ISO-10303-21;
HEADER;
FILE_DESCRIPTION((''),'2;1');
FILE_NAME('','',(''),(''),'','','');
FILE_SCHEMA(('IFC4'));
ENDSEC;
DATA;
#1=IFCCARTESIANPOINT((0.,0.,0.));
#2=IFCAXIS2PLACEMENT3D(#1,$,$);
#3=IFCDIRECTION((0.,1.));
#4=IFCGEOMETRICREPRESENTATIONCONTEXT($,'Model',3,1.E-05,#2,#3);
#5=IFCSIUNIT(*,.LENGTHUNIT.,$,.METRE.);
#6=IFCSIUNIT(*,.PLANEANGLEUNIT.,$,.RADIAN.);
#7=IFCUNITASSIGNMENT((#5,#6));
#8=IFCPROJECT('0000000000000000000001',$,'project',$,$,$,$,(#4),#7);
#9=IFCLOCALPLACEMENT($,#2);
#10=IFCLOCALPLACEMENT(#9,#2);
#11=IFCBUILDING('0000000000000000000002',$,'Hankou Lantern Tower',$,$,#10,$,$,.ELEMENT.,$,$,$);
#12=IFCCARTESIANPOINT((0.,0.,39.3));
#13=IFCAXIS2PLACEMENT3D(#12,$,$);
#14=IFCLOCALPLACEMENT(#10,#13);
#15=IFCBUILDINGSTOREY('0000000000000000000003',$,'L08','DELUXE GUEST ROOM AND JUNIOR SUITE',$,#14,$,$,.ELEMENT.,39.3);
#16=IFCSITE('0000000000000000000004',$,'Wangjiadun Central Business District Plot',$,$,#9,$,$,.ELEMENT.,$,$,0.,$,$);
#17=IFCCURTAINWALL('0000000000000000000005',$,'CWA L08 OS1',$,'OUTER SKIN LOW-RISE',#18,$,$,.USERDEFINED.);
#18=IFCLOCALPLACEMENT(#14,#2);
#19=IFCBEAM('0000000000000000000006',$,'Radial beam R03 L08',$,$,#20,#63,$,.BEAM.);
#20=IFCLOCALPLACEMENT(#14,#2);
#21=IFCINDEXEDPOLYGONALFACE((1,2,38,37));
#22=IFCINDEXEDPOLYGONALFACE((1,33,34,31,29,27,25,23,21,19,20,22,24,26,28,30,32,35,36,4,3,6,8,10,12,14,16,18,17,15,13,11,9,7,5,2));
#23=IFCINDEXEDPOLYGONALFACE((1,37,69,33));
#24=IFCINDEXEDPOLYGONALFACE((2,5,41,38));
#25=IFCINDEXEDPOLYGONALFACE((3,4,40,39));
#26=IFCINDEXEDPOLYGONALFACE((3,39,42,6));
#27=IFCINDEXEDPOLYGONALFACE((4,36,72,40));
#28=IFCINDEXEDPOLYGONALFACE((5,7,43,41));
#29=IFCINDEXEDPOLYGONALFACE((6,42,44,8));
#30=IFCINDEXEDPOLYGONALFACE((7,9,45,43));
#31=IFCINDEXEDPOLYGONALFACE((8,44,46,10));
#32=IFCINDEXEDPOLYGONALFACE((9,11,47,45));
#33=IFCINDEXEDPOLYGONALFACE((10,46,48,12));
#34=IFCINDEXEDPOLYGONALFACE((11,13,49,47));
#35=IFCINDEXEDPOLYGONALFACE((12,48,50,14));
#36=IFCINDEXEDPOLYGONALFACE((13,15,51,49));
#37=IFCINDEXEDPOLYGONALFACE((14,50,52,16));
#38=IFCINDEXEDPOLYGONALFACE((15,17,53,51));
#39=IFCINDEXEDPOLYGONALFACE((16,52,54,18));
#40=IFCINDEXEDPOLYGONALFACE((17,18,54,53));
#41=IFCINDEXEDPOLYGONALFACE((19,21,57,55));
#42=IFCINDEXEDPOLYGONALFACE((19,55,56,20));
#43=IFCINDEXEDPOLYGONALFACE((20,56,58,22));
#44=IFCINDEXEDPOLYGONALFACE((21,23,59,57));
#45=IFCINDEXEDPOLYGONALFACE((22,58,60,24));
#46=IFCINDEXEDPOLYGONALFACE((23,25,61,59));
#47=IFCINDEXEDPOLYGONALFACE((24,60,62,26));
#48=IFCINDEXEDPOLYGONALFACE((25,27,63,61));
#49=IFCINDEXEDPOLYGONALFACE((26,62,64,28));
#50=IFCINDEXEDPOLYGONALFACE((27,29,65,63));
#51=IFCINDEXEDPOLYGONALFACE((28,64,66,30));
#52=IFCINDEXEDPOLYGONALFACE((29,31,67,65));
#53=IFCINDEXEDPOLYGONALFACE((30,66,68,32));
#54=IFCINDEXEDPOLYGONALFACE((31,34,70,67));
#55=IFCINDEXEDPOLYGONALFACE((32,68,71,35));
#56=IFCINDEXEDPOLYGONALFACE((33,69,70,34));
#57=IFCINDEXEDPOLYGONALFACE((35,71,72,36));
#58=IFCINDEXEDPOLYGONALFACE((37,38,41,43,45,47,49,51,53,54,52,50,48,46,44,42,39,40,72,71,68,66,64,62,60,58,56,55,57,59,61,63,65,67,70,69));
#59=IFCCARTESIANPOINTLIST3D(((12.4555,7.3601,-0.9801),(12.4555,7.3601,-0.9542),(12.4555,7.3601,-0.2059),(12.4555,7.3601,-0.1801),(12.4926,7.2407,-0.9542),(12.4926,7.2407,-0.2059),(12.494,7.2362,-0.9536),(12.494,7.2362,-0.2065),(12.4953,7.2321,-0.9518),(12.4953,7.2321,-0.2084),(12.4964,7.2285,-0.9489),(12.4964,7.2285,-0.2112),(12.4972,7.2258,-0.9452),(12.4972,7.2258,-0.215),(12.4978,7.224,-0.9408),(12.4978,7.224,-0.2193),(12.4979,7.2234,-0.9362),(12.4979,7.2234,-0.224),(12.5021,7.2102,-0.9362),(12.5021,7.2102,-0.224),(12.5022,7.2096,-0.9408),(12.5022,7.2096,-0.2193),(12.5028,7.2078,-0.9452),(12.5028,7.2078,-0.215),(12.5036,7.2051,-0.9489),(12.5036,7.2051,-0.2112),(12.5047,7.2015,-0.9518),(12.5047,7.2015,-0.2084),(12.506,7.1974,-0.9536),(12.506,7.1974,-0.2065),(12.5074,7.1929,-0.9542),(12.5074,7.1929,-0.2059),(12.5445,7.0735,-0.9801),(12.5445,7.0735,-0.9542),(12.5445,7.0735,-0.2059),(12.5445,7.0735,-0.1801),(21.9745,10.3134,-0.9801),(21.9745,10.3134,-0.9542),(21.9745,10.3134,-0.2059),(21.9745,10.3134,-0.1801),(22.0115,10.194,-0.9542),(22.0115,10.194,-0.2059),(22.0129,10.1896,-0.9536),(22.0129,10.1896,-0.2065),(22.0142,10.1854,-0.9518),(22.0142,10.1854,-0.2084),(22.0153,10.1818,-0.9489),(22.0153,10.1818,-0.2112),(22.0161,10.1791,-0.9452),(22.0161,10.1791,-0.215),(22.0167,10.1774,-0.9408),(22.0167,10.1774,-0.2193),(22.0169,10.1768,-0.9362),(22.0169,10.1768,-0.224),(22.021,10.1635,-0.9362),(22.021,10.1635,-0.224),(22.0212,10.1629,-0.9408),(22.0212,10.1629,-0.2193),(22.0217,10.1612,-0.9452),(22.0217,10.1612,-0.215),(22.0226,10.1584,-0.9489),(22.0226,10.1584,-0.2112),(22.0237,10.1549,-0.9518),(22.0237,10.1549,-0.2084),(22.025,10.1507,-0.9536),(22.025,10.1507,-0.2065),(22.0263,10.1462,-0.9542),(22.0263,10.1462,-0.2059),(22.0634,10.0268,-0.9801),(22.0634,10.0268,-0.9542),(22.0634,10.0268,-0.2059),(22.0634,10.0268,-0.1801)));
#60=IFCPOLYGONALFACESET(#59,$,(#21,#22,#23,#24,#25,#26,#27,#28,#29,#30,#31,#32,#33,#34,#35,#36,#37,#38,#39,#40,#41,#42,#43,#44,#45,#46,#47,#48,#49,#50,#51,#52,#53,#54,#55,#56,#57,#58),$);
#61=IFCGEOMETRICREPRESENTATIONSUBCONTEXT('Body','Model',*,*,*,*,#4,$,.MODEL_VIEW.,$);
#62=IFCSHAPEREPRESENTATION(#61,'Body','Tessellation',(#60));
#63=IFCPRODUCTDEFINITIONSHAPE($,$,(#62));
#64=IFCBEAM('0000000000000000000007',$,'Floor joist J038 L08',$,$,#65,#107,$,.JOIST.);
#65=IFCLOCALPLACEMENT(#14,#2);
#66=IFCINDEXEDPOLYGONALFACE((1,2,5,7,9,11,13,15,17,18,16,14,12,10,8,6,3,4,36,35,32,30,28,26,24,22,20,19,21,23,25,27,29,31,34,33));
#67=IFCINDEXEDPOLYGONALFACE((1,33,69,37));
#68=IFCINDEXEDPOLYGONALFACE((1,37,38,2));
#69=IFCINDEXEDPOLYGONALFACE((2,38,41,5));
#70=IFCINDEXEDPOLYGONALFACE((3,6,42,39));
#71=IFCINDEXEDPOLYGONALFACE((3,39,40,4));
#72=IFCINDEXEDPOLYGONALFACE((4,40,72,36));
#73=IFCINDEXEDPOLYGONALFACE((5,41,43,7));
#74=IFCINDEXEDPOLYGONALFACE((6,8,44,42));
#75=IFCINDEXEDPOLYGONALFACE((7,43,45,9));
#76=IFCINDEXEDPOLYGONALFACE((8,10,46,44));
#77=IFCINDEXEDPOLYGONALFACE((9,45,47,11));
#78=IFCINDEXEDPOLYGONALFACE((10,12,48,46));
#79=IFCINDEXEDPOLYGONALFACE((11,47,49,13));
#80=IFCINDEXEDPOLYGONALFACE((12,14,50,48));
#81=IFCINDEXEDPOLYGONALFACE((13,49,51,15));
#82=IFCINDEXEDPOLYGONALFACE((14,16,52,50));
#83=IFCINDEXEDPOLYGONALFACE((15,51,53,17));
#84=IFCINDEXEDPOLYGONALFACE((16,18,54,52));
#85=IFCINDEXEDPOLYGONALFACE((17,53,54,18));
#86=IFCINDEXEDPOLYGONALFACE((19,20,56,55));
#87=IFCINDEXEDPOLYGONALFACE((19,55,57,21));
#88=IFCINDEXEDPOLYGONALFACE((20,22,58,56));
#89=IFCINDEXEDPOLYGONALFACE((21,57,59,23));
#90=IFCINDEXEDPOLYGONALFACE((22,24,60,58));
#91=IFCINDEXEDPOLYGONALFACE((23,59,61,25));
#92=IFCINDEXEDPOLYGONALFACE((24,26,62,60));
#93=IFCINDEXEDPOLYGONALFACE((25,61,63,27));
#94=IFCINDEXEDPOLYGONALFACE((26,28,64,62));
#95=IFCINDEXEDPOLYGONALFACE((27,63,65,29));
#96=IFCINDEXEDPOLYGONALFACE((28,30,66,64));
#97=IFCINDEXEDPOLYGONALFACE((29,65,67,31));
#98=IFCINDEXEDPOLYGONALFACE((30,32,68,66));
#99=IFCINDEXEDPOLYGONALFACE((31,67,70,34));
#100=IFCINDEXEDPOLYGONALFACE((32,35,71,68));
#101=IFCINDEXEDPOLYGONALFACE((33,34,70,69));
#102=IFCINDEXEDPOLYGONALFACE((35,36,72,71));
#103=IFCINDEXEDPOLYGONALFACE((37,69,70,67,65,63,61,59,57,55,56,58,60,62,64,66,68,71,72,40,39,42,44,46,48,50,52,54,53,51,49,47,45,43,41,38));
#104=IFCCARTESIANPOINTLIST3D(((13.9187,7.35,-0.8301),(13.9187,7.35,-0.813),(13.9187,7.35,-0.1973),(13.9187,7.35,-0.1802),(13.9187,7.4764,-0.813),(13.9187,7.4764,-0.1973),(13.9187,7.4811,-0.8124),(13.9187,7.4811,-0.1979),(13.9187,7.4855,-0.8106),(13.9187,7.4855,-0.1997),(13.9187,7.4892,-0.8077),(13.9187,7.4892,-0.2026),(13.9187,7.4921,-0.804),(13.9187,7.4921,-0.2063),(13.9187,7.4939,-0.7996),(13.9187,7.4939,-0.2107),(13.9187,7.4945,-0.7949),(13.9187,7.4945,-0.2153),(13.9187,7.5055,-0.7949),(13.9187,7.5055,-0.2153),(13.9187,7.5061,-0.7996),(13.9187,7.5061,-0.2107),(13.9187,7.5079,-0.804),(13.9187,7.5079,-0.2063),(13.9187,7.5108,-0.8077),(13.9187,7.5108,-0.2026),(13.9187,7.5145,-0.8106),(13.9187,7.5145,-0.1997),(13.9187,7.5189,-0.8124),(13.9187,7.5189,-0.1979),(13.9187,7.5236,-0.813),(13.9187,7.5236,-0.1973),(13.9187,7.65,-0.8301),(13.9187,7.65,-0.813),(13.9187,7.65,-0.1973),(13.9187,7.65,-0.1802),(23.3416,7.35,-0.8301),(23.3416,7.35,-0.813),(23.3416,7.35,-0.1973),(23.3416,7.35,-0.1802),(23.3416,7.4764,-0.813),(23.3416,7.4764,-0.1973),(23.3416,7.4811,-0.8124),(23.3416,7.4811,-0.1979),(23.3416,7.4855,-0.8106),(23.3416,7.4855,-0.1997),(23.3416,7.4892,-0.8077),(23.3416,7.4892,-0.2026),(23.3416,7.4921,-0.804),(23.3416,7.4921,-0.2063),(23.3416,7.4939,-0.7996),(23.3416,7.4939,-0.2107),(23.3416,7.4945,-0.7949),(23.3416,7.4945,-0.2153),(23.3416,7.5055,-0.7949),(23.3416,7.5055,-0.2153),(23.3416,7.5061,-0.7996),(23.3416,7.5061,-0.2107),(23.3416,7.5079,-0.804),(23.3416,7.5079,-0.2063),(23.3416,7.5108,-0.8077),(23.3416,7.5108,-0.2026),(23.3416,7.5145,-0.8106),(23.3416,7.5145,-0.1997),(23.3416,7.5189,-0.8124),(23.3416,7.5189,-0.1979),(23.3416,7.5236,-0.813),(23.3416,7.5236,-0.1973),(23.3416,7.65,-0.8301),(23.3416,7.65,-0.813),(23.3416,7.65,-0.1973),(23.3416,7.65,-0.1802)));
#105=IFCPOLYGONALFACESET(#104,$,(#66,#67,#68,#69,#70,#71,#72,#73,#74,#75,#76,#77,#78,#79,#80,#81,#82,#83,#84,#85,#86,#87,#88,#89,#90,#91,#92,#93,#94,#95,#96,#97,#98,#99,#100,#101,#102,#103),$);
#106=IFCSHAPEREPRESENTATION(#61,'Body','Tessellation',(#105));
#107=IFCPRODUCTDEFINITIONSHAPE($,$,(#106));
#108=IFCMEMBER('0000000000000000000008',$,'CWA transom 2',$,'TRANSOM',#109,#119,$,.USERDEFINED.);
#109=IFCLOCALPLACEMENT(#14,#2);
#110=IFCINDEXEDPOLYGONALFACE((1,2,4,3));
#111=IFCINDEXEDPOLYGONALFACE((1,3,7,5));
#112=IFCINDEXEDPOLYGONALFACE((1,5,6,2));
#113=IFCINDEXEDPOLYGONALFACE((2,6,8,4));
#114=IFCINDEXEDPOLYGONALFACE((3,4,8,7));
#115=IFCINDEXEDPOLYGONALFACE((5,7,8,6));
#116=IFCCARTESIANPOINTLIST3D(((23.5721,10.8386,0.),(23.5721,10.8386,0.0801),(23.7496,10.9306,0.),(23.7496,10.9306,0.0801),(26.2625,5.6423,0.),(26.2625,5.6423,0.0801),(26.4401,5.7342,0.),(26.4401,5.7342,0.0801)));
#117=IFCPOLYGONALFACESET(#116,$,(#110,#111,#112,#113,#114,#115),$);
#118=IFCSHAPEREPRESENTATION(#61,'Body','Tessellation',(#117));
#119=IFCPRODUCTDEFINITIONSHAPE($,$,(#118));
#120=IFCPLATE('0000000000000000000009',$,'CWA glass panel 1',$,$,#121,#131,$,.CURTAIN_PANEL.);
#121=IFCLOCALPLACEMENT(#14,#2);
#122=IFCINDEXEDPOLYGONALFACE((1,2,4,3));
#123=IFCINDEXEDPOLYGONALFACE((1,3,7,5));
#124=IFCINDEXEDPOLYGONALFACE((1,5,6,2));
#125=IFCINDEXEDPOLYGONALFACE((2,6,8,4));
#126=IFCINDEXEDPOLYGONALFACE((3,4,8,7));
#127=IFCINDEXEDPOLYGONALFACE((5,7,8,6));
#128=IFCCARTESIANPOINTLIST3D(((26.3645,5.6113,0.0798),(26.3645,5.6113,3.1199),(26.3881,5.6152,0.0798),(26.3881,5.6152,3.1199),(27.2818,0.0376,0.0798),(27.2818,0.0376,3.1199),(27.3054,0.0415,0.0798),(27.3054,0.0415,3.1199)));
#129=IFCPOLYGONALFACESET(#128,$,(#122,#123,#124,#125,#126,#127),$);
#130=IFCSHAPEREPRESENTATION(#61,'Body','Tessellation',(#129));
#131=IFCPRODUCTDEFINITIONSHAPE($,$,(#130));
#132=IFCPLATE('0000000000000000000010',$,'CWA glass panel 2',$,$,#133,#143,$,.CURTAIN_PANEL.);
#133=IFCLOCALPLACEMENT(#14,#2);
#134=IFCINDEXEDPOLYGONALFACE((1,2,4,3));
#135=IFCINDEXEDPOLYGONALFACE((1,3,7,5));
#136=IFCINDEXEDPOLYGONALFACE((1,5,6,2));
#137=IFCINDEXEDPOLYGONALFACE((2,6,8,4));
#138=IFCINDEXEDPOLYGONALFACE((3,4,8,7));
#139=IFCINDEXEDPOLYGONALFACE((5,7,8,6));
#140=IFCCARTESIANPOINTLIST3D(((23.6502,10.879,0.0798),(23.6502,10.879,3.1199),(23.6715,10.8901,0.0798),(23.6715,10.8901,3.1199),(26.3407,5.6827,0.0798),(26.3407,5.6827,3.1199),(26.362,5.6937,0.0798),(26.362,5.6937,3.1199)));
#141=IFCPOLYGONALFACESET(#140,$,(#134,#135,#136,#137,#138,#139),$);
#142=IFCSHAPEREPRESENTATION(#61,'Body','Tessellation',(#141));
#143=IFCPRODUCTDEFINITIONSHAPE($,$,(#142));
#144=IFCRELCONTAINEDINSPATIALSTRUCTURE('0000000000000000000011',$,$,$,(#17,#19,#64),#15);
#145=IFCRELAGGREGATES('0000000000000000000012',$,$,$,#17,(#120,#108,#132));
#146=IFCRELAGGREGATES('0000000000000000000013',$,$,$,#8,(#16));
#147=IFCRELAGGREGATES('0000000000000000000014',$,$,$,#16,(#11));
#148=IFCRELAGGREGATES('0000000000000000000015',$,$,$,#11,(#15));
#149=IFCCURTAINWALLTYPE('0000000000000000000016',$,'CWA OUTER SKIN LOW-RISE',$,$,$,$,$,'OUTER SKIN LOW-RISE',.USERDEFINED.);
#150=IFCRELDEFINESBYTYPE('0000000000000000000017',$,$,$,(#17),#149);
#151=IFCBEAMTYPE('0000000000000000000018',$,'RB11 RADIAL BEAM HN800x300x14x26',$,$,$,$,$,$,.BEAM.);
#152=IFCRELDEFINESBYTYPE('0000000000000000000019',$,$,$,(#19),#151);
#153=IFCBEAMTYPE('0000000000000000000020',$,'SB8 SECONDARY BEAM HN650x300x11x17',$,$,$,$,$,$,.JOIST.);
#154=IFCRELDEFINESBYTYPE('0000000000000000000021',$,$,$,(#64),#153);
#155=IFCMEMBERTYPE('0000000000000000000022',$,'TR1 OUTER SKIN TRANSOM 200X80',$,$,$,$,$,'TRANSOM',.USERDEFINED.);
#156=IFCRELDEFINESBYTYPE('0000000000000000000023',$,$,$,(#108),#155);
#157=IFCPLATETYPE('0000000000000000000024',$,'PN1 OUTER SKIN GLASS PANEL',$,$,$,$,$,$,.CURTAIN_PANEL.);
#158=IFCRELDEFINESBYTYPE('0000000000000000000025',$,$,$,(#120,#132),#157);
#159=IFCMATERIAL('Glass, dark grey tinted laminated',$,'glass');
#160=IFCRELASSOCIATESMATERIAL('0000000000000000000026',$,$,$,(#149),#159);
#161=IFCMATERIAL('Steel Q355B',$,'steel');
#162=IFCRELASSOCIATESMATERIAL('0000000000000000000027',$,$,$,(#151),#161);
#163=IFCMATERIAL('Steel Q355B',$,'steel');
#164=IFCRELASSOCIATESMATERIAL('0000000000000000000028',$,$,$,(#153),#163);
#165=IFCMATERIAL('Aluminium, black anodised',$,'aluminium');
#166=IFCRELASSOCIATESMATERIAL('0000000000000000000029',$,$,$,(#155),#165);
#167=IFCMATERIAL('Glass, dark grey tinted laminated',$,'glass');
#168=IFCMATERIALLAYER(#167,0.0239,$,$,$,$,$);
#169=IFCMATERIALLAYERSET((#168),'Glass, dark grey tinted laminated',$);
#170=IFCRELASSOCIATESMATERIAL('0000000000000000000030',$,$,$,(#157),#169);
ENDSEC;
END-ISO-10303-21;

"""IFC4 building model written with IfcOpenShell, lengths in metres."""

from ifc_helpers import new_model, si_unit, direction, frame, origin, origin_2d, place, context, subcontext, project, spatial, rectangle, i_section, extrude, material, layer, layer_set, material_profile, profile_set, type_object, element, aggregate, save


model = new_model("IFC4")

# Units and contexts
model_context = context("Model", 3, precision=1e-05, world=origin(), true_north=direction((0.0, 1.0)))
body_context = subcontext(model_context, "Body", "Model", "MODEL_VIEW")
ifc_project = project(units=[si_unit("LENGTHUNIT", "METRE"), si_unit("PLANEANGLEUNIT", "RADIAN")], contexts=[model_context])

# Site, building, storey
site_placement = place(None, origin())
site = spatial("IfcSite", under=ifc_project, at=site_placement, Name="Wangjiadun Central Business District Plot", CompositionType="ELEMENT", RefElevation=0.0)
building_placement = place(site_placement, origin())
building = spatial("IfcBuilding", under=site, at=building_placement, Name="Hankou Lantern Tower", CompositionType="ELEMENT")
storey_placement = place(building_placement, frame((0.0, 0.0, 39.3)))
storey = spatial("IfcBuildingStorey", under=building, at=storey_placement, Name="L08", Description="DELUXE GUEST ROOM AND JUNIOR SUITE", CompositionType="ELEMENT", Elevation=39.3)

# Curtain wall
ifc_material_1 = material(Name="Glass, dark grey tinted laminated", Category="glass")
curtain_wall_type = type_object("IfcCurtainWallType", Name="CWA OUTER SKIN LOW-RISE", ElementType="OUTER SKIN LOW-RISE", PredefinedType="USERDEFINED", material=ifc_material_1)
curtain_wall_placement = place(storey_placement, origin())
curtain_wall = element("IfcCurtainWall", 1, at=curtain_wall_placement, inside=storey, type_object=curtain_wall_type, Name="CWA L08 OS1", ObjectType="OUTER SKIN LOW-RISE", PredefinedType="USERDEFINED")

# Beams
ifc_material_2 = material(Name="Steel Q355B", Category="steel")
ifc_material_profile_1 = material_profile(ifc_material_2, i_section(OverallWidth=0.3, OverallDepth=0.8, WebThickness=0.0139, FlangeThickness=0.0259, FilletRadius=0.0181, at=origin_2d()), Name="HN800x300x14x26")
ifc_profile_set_1 = profile_set([ifc_material_profile_1], Name="Steel Q355B")
beam_type_1 = type_object("IfcBeamType", Name="RB11 RADIAL BEAM HN800x300x14x26", PredefinedType="BEAM", material=ifc_profile_set_1)
beam_1_placement = place(storey_placement, frame((12.5, 7.2168, -0.5801), z_axis=(0.955087, 0.296324, 0.0), x_axis=(-0.296324, 0.955087, 0.0)))
element("IfcBeam", 2, at=beam_1_placement, inside=storey, type_object=beam_type_1, Name="Radial beam R03 L08", PredefinedType="BEAM", context=body_context, shape_type="SweptSolid", body=[
    extrude(i_section(OverallWidth=0.3, OverallDepth=0.8, WebThickness=0.0139, FlangeThickness=0.0259, FilletRadius=0.0181, at=origin_2d()), origin(), (0.0, 0.0, 1.0), 9.9666),
])
ifc_material_3 = material(Name="Steel Q355B", Category="steel")
ifc_material_profile_2 = material_profile(ifc_material_3, i_section(OverallWidth=0.3, OverallDepth=0.6499, WebThickness=0.011, FlangeThickness=0.0171, FilletRadius=0.0181, at=origin_2d()), Name="HN650x300x11x17")
ifc_profile_set_2 = profile_set([ifc_material_profile_2], Name="Steel Q355B")
beam_type_2 = type_object("IfcBeamType", Name="SB8 SECONDARY BEAM HN650x300x11x17", PredefinedType="JOIST", material=ifc_profile_set_2)
beam_2_placement = place(storey_placement, frame((13.9187, 7.5, -0.5051), z_axis=(1.0, 0.0, 0.0), x_axis=(0.0, 1.0, 0.0)))
element("IfcBeam", 3, at=beam_2_placement, inside=storey, type_object=beam_type_2, Name="Floor joist J038 L08", PredefinedType="JOIST", context=body_context, shape_type="SweptSolid", body=[
    extrude(i_section(OverallWidth=0.3, OverallDepth=0.6499, WebThickness=0.011, FlangeThickness=0.0171, FilletRadius=0.0181, at=origin_2d()), origin(), (0.0, 0.0, 1.0), 9.4229),
])

# Member
ifc_material_4 = material(Name="Aluminium, black anodised", Category="aluminium")
ifc_material_profile_3 = material_profile(ifc_material_4, rectangle(XDim=0.2, YDim=0.0801, at=origin_2d()), Name="TR1 200X80")
ifc_profile_set_3 = profile_set([ifc_material_profile_3], Name="Aluminium, black anodised")
member_type_1 = type_object("IfcMemberType", Name="TR1 OUTER SKIN TRANSOM 200X80", ElementType="TRANSOM", PredefinedType="USERDEFINED", material=ifc_profile_set_3)
member_1_placement = place(storey_placement, frame((26.3513, 5.6882, 0.04), z_axis=(-0.459786, 0.88803, 0.0), x_axis=(-0.88803, -0.459786, 0.0)))
member_1 = element("IfcMember", 4, at=member_1_placement, type_object=member_type_1, Name="CWA transom 2", ObjectType="TRANSOM", PredefinedType="USERDEFINED", context=body_context, shape_type="SweptSolid", body=[
    extrude(rectangle(XDim=0.2, YDim=0.0801, at=origin_2d()), origin(), (0.0, 0.0, 1.0), 5.8516),
])

# Plates
ifc_material_5 = material(Name="Glass, dark grey tinted laminated", Category="glass")
ifc_layer_1 = layer(ifc_material_5, 0.0239)
ifc_layer_set_1 = layer_set([ifc_layer_1], Name="Glass, dark grey tinted laminated")
plate_type = type_object("IfcPlateType", Name="PN1 OUTER SKIN GLASS PANEL", PredefinedType="CURTAIN_PANEL", material=ifc_layer_set_1)
plate_1_placement = place(storey_placement, frame((26.835, 2.8264, 0.0798), z_axis=(0.0, 0.0, 1.0), x_axis=(-0.162382, 0.986728, 0.0)))
plate_1 = element("IfcPlate", 5, at=plate_1_placement, type_object=plate_type, Name="CWA glass panel 1", PredefinedType="CURTAIN_PANEL", context=body_context, shape_type="SweptSolid", body=[
    extrude(rectangle(XDim=5.6487, YDim=0.0239, at=origin_2d()), origin(), (0.0, 0.0, 1.0), 3.04),
])
plate_2_placement = place(storey_placement, frame((25.0061, 8.2864, 0.0798), z_axis=(0.0, 0.0, 1.0), x_axis=(-0.459791, 0.888027, 0.0)))
plate_2 = element("IfcPlate", 6, at=plate_2_placement, type_object=plate_type, Name="CWA glass panel 2", PredefinedType="CURTAIN_PANEL", context=body_context, shape_type="SweptSolid", body=[
    extrude(rectangle(XDim=5.8516, YDim=0.0239, at=origin_2d()), origin(), (0.0, 0.0, 1.0), 3.04),
])
aggregate(curtain_wall, [plate_1, member_1, plate_2])

save(model, "model.ifc")
